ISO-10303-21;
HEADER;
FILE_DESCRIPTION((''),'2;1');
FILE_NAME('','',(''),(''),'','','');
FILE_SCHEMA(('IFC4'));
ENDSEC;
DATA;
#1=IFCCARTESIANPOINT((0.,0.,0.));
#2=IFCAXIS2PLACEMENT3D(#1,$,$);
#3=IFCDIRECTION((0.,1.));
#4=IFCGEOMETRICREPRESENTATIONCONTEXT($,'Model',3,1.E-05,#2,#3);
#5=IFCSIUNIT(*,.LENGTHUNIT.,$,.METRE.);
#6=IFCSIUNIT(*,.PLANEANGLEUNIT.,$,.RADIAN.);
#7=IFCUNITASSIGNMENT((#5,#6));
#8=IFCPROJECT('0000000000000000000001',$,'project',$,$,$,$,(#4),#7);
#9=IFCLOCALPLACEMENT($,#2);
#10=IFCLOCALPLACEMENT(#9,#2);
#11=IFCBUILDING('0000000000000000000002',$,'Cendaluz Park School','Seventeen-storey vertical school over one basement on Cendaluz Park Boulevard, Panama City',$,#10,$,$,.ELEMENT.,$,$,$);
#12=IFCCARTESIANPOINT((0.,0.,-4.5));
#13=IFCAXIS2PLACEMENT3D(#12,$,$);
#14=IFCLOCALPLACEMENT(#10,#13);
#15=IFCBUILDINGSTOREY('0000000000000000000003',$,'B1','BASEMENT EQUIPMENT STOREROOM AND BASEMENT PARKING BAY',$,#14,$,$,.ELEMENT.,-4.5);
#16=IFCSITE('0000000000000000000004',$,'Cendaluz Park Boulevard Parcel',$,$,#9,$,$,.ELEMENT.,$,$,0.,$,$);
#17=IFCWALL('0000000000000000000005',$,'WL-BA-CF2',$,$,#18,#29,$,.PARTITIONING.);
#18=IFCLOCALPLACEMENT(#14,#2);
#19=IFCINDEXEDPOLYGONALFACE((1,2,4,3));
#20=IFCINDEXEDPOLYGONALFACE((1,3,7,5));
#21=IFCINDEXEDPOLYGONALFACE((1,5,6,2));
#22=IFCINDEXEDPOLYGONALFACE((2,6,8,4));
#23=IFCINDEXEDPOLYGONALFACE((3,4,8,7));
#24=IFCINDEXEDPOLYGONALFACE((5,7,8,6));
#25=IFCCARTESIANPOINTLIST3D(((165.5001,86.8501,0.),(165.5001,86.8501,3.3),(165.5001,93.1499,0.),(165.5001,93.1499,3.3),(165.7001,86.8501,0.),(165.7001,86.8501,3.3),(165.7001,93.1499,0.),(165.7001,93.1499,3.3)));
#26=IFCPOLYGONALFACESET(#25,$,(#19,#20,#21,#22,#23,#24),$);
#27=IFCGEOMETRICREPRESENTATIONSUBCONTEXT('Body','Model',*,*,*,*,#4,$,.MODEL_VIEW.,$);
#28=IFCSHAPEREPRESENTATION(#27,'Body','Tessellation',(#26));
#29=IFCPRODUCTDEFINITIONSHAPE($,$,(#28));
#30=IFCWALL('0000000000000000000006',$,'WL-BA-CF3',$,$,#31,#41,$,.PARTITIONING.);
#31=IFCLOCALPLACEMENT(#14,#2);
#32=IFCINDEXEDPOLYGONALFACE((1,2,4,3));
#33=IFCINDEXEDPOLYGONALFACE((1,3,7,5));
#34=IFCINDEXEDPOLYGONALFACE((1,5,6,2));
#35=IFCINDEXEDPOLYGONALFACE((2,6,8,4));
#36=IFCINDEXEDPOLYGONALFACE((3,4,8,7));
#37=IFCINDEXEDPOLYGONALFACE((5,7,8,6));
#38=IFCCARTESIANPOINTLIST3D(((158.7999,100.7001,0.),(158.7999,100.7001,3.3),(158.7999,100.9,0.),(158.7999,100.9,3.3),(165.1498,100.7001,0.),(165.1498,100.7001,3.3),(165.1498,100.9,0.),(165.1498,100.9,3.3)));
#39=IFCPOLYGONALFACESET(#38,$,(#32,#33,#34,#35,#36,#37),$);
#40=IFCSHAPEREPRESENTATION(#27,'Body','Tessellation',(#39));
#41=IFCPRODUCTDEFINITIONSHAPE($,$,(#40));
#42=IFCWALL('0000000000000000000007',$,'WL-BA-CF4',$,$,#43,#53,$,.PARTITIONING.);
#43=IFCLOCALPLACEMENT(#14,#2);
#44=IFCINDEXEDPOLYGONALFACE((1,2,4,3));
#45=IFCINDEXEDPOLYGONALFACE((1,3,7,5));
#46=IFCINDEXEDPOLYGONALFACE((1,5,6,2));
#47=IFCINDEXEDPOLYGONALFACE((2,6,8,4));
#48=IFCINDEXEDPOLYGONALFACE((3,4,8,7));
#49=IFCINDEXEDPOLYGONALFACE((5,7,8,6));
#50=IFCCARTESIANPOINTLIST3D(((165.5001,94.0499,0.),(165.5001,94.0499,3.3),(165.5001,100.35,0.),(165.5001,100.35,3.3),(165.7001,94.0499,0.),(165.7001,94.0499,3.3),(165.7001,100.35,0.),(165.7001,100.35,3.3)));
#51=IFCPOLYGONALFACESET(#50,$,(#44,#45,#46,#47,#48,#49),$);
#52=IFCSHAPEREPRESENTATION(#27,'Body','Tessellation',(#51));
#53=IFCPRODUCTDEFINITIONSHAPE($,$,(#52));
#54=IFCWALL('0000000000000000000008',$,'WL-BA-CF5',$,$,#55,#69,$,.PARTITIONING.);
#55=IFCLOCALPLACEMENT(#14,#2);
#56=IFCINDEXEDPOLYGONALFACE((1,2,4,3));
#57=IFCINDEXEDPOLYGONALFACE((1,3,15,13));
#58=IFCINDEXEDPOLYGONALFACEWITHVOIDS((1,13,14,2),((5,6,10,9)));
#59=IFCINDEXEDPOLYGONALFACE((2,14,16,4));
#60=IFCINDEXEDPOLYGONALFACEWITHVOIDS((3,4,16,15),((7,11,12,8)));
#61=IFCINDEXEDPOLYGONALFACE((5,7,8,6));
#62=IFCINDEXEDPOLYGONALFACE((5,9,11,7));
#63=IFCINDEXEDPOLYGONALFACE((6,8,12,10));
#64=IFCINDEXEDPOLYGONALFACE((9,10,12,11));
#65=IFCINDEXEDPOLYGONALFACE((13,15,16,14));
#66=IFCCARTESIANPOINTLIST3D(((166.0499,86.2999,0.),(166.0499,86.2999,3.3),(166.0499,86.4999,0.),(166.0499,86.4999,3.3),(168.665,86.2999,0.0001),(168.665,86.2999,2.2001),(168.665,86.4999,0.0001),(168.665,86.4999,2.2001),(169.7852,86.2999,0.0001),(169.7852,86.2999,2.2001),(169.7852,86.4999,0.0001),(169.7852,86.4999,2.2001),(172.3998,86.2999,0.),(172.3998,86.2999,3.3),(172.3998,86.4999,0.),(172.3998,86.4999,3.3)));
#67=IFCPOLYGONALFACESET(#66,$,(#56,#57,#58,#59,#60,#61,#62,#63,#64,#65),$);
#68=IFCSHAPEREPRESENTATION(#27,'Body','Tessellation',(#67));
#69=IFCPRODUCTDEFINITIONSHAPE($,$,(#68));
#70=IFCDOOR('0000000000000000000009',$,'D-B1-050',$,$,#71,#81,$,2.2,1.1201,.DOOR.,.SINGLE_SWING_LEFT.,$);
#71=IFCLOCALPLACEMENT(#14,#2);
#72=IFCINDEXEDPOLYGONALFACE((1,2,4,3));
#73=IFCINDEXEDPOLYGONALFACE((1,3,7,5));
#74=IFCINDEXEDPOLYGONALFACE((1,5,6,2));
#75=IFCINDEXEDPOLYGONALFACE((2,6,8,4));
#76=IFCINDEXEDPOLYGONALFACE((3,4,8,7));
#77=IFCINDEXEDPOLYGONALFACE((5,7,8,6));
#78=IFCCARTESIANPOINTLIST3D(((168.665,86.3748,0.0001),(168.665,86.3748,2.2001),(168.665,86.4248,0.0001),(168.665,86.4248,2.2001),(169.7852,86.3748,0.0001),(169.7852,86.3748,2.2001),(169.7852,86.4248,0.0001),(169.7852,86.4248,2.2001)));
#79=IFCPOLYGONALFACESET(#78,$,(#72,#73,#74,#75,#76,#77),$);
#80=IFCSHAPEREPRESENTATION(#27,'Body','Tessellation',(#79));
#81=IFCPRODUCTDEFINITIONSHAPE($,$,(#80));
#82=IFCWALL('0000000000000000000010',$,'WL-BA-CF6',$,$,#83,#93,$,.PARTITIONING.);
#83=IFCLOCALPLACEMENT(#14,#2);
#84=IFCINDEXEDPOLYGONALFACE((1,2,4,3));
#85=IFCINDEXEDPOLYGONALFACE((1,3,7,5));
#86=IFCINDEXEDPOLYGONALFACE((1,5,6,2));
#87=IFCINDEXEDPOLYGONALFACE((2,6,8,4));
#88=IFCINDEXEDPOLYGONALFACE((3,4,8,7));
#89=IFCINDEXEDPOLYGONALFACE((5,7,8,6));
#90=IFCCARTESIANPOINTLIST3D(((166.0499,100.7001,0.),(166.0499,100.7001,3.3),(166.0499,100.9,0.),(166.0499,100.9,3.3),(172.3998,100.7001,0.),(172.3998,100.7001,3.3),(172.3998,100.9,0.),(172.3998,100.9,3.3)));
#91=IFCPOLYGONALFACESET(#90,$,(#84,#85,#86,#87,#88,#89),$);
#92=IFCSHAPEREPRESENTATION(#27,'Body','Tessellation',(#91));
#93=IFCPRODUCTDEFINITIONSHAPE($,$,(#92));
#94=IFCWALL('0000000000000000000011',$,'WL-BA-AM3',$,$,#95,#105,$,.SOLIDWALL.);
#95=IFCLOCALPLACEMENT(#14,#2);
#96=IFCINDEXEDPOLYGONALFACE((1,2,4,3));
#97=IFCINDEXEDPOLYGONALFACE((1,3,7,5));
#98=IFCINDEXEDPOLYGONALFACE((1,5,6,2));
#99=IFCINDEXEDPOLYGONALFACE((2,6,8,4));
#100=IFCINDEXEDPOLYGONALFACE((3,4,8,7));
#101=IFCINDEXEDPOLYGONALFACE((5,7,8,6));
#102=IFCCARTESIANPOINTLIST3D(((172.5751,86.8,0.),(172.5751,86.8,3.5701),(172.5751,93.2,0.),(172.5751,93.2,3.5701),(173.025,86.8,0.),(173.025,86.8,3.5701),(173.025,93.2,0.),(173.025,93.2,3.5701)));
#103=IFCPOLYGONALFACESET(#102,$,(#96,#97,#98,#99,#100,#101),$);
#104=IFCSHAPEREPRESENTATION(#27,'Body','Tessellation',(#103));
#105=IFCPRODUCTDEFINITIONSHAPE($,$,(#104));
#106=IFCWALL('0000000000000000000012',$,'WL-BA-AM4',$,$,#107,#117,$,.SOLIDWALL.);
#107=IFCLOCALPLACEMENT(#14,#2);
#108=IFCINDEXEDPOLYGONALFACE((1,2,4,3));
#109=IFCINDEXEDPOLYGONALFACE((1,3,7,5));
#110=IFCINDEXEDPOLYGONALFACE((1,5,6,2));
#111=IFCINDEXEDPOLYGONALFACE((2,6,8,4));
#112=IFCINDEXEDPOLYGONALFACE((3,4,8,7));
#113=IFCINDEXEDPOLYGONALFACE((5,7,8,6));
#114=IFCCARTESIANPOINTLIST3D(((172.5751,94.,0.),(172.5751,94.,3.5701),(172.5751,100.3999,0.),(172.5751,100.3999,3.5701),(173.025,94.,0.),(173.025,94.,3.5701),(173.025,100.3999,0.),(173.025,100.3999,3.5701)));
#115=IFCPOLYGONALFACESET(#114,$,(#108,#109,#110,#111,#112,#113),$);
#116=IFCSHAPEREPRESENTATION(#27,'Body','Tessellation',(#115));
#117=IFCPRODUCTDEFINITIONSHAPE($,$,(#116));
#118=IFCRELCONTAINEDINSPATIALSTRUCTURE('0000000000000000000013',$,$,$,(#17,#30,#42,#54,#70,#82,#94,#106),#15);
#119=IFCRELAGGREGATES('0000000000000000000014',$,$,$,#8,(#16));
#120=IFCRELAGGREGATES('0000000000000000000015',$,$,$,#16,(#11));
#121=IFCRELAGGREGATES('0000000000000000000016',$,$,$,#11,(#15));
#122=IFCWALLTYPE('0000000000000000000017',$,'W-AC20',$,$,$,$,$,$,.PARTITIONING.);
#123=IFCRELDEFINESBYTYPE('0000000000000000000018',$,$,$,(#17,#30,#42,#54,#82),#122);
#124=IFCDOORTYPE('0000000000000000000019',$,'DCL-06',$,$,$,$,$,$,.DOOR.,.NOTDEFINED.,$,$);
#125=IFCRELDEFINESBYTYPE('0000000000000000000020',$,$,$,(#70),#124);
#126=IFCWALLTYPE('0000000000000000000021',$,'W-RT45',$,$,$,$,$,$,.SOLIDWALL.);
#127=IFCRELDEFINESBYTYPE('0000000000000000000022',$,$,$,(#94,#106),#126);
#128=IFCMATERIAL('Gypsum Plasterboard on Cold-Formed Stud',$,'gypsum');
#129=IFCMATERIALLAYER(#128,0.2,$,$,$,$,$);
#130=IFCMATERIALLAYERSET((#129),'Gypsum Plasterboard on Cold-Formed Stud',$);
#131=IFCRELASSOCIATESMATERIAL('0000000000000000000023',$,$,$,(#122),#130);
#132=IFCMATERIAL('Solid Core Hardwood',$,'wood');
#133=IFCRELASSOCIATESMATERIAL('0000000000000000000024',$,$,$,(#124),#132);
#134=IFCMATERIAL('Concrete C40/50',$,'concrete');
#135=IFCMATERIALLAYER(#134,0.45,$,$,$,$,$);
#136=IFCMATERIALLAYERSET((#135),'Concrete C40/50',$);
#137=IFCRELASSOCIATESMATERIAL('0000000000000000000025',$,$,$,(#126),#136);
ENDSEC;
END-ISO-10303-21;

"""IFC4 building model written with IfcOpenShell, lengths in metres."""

from ifc_helpers import new_model, si_unit, direction, frame, frame_2d, origin, place, context, subcontext, project, spatial, rectangle, extrude, material, layer, layer_set, type_object, element, fill, save


model = new_model("IFC4")

# Units and contexts
model_context = context("Model", 3, precision=1e-05, world=origin(), true_north=direction((0.0, 1.0)))
body_context = subcontext(model_context, "Body", "Model", "MODEL_VIEW")
ifc_project = project(units=[si_unit("LENGTHUNIT", "METRE"), si_unit("PLANEANGLEUNIT", "RADIAN")], contexts=[model_context])

# Site, building, storey
site_placement = place(None, origin())
site = spatial("IfcSite", under=ifc_project, at=site_placement, Name="Cendaluz Park Boulevard Parcel", CompositionType="ELEMENT", RefElevation=0.0)
building_placement = place(site_placement, origin())
building = spatial("IfcBuilding", under=site, at=building_placement, Name="Cendaluz Park School", Description="Seventeen-storey vertical school over one basement on Cendaluz Park Boulevard, Panama City", CompositionType="ELEMENT")
storey_placement = place(building_placement, frame((0.0, 0.0, -4.5)))
storey = spatial("IfcBuildingStorey", under=building, at=storey_placement, Name="B1", Description="BASEMENT EQUIPMENT STOREROOM AND BASEMENT PARKING BAY", CompositionType="ELEMENT", Elevation=-4.5)

# Shared definitions
ifc_material_1 = material(Name="Concrete C40/50", Category="concrete")

# Shared definitions
ifc_material_2 = material(Name="Gypsum Plasterboard on Cold-Formed Stud", Category="gypsum")
ifc_layer_1 = layer(ifc_material_2, 0.2)
ifc_layer_set_1 = layer_set([ifc_layer_1], Name="Gypsum Plasterboard on Cold-Formed Stud")
wall_type_1 = type_object("IfcWallType", Name="W-AC20", PredefinedType="PARTITIONING", material=ifc_layer_set_1)
ifc_material_3 = material(Name="Solid Core Hardwood", Category="wood")

# Walls
wall_1_placement = place(storey_placement, frame((165.6001, 86.8501, 0.0), z_axis=(0.0, 0.0, 1.0), x_axis=(0.0, 1.0, 0.0)))
element("IfcWall", 1, at=wall_1_placement, inside=storey, type_object=wall_type_1, Name="WL-BA-CF2", PredefinedType="PARTITIONING", context=body_context, shape_type="SweptSolid", body=[
    extrude(rectangle(XDim=6.2998, YDim=0.2, at=frame_2d((3.1499, 0.0))), origin(), (0.0, 0.0, 1.0), 3.3),
])
wall_2_placement = place(storey_placement, frame((158.8, 100.8, 0.0), z_axis=(0.0, 0.0, 1.0), x_axis=(1.0, 0.0, 0.0)))
element("IfcWall", 2, at=wall_2_placement, inside=storey, type_object=wall_type_1, Name="WL-BA-CF3", PredefinedType="PARTITIONING", context=body_context, shape_type="SweptSolid", body=[
    extrude(rectangle(XDim=6.3499, YDim=0.2, at=frame_2d((3.1748, 0.0))), origin(), (0.0, 0.0, 1.0), 3.3),
])
wall_3_placement = place(storey_placement, frame((165.6001, 94.05, 0.0), z_axis=(0.0, 0.0, 1.0), x_axis=(0.0, 1.0, 0.0)))
element("IfcWall", 3, at=wall_3_placement, inside=storey, type_object=wall_type_1, Name="WL-BA-CF4", PredefinedType="PARTITIONING", context=body_context, shape_type="SweptSolid", body=[
    extrude(rectangle(XDim=6.3, YDim=0.2, at=frame_2d((3.1499, 0.0))), origin(), (0.0, 0.0, 1.0), 3.3),
])

# Wall, opening, door
wall_4_placement = place(storey_placement, frame((166.05, 86.3999, 0.0), z_axis=(0.0, 0.0, 1.0), x_axis=(1.0, 0.0, 0.0)))
wall_4 = element("IfcWall", 4, at=wall_4_placement, inside=storey, type_object=wall_type_1, Name="WL-BA-CF5", PredefinedType="PARTITIONING", context=body_context, shape_type="SweptSolid", body=[
    extrude(rectangle(XDim=6.3499, YDim=0.2, at=frame_2d((3.1748, 0.0))), origin(), (0.0, 0.0, 1.0), 3.3),
])
opening_1_placement = place(wall_4_placement, frame((2.615, 0.0, 0.0)))
opening_1 = element("IfcOpeningElement", 5, at=opening_1_placement, cuts=wall_4, PredefinedType="OPENING", context=body_context, shape_type="SweptSolid", body=[
    extrude(rectangle(XDim=1.1201, YDim=2.2, at=frame_2d((0.5601, 1.1001))), frame((0.0, 0.1121, 0.0), z_axis=(0.0, -1.0, 0.0), x_axis=(1.0, 0.0, 0.0)), (0.0, 0.0, 1.0), 0.2239),
])
door_type_1 = type_object("IfcDoorType", Name="DCL-06", OperationType="NOTDEFINED", PredefinedType="DOOR", material=ifc_material_3)
door_1_placement = place(opening_1_placement, origin())
door_1 = element("IfcDoor", 6, at=door_1_placement, inside=storey, type_object=door_type_1, Name="D-B1-050", OperationType="SINGLE_SWING_LEFT", OverallHeight=2.2, OverallWidth=1.1201, PredefinedType="DOOR", context=body_context, shape_type="SweptSolid", body=[
    extrude(rectangle(XDim=1.1201, YDim=2.2, at=frame_2d((0.5601, 1.1001))), frame((0.0, 0.0249, 0.0), z_axis=(0.0, -1.0, 0.0), x_axis=(1.0, 0.0, 0.0)), (0.0, 0.0, 1.0), 0.05),
])
fill(opening_1, door_1)

# Walls
wall_5_placement = place(storey_placement, frame((166.05, 100.8, 0.0), z_axis=(0.0, 0.0, 1.0), x_axis=(1.0, 0.0, 0.0)))
element("IfcWall", 7, at=wall_5_placement, inside=storey, type_object=wall_type_1, Name="WL-BA-CF6", PredefinedType="PARTITIONING", context=body_context, shape_type="SweptSolid", body=[
    extrude(rectangle(XDim=6.3499, YDim=0.2, at=frame_2d((3.1748, 0.0))), origin(), (0.0, 0.0, 1.0), 3.3),
])
ifc_layer_2 = layer(ifc_material_1, 0.45)
ifc_layer_set_2 = layer_set([ifc_layer_2], Name="Concrete C40/50")
wall_type_2 = type_object("IfcWallType", Name="W-RT45", PredefinedType="SOLIDWALL", material=ifc_layer_set_2)
for number, where, z_axis, x_axis, name in (
    (8, (172.8, 86.8, 0.0), (0.0, 0.0, 1.0), (0.0, 1.0, 0.0), "WL-BA-AM3"),
    (9, (172.8, 94.0, 0.0), (0.0, 0.0, 1.0), (0.0, 1.0, 0.0), "WL-BA-AM4"),
):
    element("IfcWall", number, at=place(storey_placement, frame(where, z_axis=z_axis, x_axis=x_axis)), inside=storey, type_object=wall_type_2, Name=name, PredefinedType="SOLIDWALL", context=body_context, shape_type="SweptSolid", body=[
        extrude(rectangle(XDim=6.3999, YDim=0.45, at=frame_2d((3.2, 0.0))), origin(), (0.0, 0.0, 1.0), 3.5701),
    ])

save(model, "model.ifc")
